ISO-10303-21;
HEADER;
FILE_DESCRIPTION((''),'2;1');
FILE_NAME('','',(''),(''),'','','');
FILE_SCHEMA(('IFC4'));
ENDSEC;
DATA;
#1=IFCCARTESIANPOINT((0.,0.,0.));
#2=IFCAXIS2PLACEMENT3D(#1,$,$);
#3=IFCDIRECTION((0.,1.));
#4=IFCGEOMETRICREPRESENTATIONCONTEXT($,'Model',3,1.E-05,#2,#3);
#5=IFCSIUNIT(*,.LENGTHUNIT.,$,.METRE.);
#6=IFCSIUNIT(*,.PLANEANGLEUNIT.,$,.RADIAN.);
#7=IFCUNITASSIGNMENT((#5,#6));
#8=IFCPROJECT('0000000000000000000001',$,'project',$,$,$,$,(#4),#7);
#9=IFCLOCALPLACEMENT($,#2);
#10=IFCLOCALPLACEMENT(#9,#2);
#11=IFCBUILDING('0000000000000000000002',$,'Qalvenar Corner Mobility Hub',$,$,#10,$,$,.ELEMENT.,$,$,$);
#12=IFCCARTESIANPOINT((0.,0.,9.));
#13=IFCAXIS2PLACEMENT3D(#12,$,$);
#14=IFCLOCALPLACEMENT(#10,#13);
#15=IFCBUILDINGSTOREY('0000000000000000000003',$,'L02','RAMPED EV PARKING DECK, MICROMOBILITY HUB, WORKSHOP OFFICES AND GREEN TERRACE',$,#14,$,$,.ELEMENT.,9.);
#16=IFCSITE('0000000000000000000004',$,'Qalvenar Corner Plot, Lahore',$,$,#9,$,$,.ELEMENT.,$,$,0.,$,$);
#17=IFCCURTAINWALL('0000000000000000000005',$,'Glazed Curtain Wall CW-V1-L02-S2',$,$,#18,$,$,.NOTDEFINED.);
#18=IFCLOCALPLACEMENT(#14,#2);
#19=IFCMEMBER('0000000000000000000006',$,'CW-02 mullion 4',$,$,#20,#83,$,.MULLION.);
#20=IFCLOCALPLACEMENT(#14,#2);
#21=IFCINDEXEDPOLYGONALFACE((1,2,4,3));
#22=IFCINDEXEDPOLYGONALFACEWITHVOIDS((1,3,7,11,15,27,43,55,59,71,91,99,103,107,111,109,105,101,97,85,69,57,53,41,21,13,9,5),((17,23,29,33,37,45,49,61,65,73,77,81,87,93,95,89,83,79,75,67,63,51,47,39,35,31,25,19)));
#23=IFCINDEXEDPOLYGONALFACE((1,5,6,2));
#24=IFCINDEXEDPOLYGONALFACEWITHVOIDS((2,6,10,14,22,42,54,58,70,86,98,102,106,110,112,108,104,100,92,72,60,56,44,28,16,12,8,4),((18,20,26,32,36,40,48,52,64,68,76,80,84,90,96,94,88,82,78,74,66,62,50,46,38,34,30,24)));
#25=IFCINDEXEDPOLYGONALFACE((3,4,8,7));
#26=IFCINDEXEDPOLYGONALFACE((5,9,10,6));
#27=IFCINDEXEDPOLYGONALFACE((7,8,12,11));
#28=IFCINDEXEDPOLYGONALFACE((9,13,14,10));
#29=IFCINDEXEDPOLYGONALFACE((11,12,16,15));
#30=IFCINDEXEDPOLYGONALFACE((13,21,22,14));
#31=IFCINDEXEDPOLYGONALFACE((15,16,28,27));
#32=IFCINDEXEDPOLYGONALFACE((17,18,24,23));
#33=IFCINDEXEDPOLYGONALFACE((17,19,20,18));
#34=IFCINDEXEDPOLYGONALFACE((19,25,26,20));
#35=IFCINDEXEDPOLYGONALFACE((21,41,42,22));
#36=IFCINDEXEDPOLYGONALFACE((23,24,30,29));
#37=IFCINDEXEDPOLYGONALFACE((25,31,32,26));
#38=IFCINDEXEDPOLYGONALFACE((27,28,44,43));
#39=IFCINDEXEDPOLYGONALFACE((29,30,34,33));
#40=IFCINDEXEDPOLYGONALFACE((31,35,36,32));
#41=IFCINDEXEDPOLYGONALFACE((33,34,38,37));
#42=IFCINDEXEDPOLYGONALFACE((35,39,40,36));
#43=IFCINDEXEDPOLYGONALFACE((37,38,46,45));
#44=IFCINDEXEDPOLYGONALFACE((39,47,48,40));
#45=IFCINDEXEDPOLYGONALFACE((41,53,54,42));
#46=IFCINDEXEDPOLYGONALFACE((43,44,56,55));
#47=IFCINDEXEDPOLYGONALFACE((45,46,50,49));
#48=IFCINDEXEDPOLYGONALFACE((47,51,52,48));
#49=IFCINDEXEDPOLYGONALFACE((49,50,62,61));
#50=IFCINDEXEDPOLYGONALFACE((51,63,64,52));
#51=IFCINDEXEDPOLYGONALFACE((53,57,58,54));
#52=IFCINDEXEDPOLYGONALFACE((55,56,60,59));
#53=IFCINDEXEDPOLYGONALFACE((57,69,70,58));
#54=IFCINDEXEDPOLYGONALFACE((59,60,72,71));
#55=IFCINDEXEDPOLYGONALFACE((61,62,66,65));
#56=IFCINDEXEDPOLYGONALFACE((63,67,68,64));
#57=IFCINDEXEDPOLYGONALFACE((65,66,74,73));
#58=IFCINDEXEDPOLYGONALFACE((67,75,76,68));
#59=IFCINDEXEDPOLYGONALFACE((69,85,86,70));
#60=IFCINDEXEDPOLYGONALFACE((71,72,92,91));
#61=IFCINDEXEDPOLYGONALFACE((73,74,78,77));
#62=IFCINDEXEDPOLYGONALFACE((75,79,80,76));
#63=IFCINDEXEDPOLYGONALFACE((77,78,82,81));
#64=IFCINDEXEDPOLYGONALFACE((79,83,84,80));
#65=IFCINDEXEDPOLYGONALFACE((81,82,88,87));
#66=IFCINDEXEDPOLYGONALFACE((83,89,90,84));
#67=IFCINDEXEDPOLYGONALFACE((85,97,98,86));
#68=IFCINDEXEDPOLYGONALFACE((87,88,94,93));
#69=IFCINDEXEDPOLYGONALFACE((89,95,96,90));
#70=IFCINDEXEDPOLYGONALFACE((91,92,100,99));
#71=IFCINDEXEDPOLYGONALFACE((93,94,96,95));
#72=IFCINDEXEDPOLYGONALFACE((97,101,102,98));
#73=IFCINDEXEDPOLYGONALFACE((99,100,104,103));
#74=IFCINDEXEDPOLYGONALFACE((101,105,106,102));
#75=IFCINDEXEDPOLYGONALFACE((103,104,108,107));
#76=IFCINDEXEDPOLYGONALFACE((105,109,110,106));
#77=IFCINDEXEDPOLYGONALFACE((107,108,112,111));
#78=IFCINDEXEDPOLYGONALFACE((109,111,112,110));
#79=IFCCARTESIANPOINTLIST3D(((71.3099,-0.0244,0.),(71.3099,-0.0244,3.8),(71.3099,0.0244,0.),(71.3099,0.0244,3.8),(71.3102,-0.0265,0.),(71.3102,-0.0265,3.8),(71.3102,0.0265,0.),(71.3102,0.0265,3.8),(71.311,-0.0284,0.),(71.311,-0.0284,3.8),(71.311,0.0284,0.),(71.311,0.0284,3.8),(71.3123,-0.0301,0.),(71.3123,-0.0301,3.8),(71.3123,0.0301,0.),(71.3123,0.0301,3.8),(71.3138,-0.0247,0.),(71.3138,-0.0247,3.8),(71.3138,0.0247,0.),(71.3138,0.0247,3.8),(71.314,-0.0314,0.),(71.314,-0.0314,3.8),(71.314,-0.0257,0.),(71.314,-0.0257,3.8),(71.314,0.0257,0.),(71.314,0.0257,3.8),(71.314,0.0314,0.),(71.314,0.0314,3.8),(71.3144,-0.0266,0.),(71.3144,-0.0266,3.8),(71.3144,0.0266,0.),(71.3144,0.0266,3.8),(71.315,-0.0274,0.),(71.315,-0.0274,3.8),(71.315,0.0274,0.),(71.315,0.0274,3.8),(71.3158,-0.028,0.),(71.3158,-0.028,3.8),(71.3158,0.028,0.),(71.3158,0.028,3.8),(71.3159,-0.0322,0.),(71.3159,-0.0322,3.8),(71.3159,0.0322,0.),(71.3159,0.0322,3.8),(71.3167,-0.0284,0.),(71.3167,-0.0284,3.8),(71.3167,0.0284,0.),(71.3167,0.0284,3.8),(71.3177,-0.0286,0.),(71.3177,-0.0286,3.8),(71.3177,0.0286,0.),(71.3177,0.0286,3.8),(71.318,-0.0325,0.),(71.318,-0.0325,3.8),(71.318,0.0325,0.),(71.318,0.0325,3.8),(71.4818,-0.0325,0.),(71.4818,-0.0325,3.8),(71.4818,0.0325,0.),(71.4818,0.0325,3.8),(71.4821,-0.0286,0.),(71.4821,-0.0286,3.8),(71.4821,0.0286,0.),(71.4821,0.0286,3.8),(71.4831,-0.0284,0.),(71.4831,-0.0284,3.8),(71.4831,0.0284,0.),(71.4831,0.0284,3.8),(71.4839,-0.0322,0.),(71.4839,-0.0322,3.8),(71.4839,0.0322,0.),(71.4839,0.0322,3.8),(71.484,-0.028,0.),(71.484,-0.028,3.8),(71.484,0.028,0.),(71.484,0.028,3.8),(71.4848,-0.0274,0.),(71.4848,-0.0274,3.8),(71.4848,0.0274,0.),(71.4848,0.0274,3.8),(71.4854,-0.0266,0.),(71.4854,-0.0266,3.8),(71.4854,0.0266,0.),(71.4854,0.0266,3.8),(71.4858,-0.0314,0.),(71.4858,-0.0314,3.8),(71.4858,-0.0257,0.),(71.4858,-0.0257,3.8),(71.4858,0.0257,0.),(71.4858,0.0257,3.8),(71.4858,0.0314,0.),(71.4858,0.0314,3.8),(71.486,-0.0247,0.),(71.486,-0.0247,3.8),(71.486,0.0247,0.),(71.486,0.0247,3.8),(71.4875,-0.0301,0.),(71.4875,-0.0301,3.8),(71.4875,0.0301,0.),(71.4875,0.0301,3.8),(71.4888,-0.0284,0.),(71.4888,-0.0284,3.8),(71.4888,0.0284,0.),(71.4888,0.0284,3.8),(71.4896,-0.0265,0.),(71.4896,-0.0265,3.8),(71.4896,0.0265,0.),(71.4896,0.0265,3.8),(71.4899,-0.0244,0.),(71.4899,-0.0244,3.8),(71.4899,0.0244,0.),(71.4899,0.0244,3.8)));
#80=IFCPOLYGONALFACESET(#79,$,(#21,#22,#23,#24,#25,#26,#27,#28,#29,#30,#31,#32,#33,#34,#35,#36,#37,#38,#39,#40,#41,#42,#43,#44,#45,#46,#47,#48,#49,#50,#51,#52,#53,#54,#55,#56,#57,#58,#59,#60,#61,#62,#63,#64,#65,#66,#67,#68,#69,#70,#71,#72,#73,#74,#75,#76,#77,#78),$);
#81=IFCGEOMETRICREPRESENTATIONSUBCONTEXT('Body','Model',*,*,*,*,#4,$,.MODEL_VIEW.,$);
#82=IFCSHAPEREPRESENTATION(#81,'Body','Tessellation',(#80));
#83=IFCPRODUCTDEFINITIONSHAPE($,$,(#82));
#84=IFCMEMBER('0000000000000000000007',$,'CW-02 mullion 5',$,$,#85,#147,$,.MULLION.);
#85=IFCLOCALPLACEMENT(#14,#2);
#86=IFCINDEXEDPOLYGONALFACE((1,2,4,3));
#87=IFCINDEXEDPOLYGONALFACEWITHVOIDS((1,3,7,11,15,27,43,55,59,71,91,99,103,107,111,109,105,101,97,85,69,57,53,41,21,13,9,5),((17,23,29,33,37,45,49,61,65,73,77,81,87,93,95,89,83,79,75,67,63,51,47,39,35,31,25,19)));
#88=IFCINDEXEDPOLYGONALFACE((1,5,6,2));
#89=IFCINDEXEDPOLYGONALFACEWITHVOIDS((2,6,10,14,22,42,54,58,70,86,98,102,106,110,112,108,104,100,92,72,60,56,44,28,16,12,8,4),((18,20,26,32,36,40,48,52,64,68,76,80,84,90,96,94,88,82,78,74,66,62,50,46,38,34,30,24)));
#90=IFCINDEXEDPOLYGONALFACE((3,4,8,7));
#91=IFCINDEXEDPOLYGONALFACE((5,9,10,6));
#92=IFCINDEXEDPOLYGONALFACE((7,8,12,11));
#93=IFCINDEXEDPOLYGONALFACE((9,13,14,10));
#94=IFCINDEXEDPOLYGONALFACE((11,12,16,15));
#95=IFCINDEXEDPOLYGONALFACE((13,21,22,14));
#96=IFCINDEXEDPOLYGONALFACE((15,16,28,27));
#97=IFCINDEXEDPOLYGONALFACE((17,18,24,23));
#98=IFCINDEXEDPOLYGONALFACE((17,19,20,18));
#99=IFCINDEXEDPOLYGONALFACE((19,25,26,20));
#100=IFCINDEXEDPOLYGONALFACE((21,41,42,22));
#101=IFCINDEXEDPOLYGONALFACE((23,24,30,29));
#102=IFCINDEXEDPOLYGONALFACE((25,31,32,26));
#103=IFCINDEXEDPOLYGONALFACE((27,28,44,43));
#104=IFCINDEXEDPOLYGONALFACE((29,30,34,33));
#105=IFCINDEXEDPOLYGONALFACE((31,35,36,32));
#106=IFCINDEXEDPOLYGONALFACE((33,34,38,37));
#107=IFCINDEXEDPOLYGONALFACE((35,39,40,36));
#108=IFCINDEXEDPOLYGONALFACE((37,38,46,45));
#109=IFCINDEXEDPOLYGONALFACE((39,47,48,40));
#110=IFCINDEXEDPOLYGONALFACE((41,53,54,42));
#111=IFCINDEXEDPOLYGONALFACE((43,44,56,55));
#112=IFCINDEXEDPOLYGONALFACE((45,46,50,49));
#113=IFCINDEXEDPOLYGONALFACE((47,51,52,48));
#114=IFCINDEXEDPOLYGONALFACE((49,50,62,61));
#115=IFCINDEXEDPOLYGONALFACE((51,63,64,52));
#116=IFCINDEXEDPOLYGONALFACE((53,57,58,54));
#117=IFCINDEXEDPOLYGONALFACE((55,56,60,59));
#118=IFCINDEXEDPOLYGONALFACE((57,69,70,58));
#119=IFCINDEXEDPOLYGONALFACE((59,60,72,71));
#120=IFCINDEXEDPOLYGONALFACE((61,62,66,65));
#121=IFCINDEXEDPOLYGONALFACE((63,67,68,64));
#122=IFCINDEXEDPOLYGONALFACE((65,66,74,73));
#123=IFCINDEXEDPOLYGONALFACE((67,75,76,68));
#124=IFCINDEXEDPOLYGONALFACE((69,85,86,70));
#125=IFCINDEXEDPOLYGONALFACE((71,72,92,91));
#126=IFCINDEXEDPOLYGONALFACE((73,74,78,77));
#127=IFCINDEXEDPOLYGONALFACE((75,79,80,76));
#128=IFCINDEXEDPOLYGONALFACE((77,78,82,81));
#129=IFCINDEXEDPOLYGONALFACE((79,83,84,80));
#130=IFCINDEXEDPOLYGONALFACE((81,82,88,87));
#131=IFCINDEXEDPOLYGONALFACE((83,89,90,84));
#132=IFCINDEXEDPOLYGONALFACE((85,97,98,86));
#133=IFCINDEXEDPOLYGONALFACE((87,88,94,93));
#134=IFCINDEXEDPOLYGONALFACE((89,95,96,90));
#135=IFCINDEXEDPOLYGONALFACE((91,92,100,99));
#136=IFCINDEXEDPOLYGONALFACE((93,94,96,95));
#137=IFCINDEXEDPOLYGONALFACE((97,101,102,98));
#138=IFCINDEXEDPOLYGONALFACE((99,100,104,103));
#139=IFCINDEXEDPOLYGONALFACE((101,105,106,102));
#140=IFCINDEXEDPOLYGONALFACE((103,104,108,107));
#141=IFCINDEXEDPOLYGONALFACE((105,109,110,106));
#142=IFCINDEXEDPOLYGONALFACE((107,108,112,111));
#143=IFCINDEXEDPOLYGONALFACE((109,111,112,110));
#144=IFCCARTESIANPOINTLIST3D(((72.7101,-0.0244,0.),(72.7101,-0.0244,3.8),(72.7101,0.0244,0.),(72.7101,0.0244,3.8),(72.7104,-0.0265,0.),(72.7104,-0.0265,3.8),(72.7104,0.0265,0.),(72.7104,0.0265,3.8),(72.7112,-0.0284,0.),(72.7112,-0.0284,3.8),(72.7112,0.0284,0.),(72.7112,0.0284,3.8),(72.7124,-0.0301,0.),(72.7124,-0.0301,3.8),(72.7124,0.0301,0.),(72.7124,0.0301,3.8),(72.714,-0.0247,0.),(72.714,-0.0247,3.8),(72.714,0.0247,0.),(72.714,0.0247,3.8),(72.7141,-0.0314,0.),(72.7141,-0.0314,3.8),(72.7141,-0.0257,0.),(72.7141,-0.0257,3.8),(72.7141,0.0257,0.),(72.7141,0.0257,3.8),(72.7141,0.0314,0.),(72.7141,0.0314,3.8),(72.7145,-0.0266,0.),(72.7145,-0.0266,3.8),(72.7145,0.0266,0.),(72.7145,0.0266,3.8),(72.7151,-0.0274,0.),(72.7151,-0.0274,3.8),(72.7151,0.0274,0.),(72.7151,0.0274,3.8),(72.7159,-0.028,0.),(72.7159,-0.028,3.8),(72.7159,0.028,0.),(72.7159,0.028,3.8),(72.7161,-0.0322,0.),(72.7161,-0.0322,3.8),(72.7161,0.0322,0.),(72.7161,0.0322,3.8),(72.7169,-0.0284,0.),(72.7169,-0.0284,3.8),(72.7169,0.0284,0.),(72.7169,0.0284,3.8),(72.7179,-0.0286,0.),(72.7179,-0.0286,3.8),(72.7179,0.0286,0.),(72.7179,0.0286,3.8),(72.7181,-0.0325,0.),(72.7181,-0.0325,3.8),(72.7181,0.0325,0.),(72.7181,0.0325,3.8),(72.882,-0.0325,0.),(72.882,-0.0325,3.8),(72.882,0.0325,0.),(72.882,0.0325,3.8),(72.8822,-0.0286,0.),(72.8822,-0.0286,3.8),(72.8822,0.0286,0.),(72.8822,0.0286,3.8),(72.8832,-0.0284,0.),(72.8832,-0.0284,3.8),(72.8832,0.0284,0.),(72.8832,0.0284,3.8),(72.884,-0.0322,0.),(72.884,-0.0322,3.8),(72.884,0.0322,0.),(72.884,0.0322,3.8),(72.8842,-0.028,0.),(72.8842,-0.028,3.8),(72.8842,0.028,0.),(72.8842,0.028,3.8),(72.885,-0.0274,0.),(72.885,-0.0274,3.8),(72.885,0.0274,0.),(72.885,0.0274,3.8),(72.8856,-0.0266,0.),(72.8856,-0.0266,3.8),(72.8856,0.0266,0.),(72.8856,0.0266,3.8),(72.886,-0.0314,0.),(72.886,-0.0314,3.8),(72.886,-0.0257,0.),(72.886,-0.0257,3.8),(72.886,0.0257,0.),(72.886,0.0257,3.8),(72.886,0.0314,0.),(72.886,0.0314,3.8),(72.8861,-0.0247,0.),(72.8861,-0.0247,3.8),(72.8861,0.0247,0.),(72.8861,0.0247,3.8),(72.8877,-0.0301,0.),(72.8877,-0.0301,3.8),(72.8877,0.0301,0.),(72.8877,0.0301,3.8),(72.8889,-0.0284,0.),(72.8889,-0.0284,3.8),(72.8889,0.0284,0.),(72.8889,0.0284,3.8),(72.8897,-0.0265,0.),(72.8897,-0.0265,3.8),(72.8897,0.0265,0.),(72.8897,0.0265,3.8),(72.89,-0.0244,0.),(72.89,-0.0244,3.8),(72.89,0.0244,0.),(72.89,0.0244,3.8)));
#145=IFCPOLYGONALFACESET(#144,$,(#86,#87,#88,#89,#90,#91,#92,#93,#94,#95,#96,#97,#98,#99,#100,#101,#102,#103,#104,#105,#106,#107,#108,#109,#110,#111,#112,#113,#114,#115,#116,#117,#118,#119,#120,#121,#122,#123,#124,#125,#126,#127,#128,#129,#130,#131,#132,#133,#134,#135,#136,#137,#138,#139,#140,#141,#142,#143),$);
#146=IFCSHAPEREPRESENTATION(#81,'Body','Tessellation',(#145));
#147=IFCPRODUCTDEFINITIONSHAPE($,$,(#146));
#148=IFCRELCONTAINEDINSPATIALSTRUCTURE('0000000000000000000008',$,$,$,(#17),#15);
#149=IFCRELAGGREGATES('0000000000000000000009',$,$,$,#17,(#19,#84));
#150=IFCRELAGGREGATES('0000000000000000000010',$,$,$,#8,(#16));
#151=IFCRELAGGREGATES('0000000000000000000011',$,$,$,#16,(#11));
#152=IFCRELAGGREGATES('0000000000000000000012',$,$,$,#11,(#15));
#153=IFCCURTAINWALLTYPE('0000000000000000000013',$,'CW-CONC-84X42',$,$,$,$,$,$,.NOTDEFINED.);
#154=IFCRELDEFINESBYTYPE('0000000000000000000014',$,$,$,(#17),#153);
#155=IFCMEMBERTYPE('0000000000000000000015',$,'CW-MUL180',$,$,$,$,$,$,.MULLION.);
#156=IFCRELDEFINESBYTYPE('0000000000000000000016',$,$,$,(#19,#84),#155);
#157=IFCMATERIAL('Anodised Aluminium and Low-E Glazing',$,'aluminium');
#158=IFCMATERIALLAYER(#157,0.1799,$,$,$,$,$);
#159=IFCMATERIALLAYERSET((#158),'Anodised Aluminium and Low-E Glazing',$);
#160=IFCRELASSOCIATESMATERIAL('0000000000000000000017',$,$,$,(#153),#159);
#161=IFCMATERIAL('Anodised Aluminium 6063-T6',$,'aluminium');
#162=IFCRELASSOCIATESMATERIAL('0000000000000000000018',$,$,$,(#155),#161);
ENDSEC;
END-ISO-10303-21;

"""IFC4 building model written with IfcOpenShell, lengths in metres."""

from ifc_helpers import new_model, si_unit, direction, frame, origin, origin_2d, place, context, subcontext, project, spatial, hollow_rectangle, extrude, material, layer, layer_set, material_profile, profile_set, type_object, element, aggregate, save


model = new_model("IFC4")

# Units and contexts
model_context = context("Model", 3, precision=1e-05, world=origin(), true_north=direction((0.0, 1.0)))
body_context = subcontext(model_context, "Body", "Model", "MODEL_VIEW")
ifc_project = project(units=[si_unit("LENGTHUNIT", "METRE"), si_unit("PLANEANGLEUNIT", "RADIAN")], contexts=[model_context])

# Site, building, storey
site_placement = place(None, origin())
site = spatial("IfcSite", under=ifc_project, at=site_placement, Name="Qalvenar Corner Plot, Lahore", CompositionType="ELEMENT", RefElevation=0.0)
building_placement = place(site_placement, origin())
building = spatial("IfcBuilding", under=site, at=building_placement, Name="Qalvenar Corner Mobility Hub", CompositionType="ELEMENT")
storey_placement = place(building_placement, frame((0.0, 0.0, 9.0)))
storey = spatial("IfcBuildingStorey", under=building, at=storey_placement, Name="L02", Description="RAMPED EV PARKING DECK, MICROMOBILITY HUB, WORKSHOP OFFICES AND GREEN TERRACE", CompositionType="ELEMENT", Elevation=9.0)

# Curtain wall, members
ifc_material_1 = material(Name="Anodised Aluminium and Low-E Glazing", Category="aluminium")
ifc_layer_1 = layer(ifc_material_1, 0.1799)
ifc_layer_set_1 = layer_set([ifc_layer_1], Name="Anodised Aluminium and Low-E Glazing")
curtain_wall_type = type_object("IfcCurtainWallType", Name="CW-CONC-84X42", PredefinedType="NOTDEFINED", material=ifc_layer_set_1)
curtain_wall_placement = place(storey_placement, origin())
curtain_wall = element("IfcCurtainWall", 1, at=curtain_wall_placement, inside=storey, type_object=curtain_wall_type, Name="Glazed Curtain Wall CW-V1-L02-S2", PredefinedType="NOTDEFINED")
ifc_material_2 = material(Name="Anodised Aluminium 6063-T6", Category="aluminium")
ifc_material_profile_1 = material_profile(ifc_material_2, hollow_rectangle(XDim=0.0649, YDim=0.1799, WallThickness=0.0039, InnerFilletRadius=0.0039, OuterFilletRadius=0.0081, at=origin_2d()), Name="RHS180x65x4")
ifc_profile_set_1 = profile_set([ifc_material_profile_1], Name="Anodised Aluminium 6063-T6")
member_type_1 = type_object("IfcMemberType", Name="CW-MUL180", PredefinedType="MULLION", material=ifc_profile_set_1)
member_1_placement = place(storey_placement, frame((71.3999, 0.0, 0.0), z_axis=(0.0, 0.0, 1.0), x_axis=(0.0, 1.0, 0.0)))
member_1 = element("IfcMember", 2, at=member_1_placement, type_object=member_type_1, Name="CW-02 mullion 4", PredefinedType="MULLION", context=body_context, shape_type="SweptSolid", body=[
    extrude(hollow_rectangle(XDim=0.0649, YDim=0.1799, WallThickness=0.0039, InnerFilletRadius=0.0039, OuterFilletRadius=0.0081, at=origin_2d()), origin(), (0.0, 0.0, 1.0), 3.8),
])
member_2_placement = place(storey_placement, frame((72.8, 0.0, 0.0), z_axis=(0.0, 0.0, 1.0), x_axis=(0.0, 1.0, 0.0)))
member_2 = element("IfcMember", 3, at=member_2_placement, type_object=member_type_1, Name="CW-02 mullion 5", PredefinedType="MULLION", context=body_context, shape_type="SweptSolid", body=[
    extrude(hollow_rectangle(XDim=0.0649, YDim=0.1799, WallThickness=0.0039, InnerFilletRadius=0.0039, OuterFilletRadius=0.0081, at=origin_2d()), origin(), (0.0, 0.0, 1.0), 3.8),
])
aggregate(curtain_wall, [member_1, member_2])

save(model, "model.ifc")
